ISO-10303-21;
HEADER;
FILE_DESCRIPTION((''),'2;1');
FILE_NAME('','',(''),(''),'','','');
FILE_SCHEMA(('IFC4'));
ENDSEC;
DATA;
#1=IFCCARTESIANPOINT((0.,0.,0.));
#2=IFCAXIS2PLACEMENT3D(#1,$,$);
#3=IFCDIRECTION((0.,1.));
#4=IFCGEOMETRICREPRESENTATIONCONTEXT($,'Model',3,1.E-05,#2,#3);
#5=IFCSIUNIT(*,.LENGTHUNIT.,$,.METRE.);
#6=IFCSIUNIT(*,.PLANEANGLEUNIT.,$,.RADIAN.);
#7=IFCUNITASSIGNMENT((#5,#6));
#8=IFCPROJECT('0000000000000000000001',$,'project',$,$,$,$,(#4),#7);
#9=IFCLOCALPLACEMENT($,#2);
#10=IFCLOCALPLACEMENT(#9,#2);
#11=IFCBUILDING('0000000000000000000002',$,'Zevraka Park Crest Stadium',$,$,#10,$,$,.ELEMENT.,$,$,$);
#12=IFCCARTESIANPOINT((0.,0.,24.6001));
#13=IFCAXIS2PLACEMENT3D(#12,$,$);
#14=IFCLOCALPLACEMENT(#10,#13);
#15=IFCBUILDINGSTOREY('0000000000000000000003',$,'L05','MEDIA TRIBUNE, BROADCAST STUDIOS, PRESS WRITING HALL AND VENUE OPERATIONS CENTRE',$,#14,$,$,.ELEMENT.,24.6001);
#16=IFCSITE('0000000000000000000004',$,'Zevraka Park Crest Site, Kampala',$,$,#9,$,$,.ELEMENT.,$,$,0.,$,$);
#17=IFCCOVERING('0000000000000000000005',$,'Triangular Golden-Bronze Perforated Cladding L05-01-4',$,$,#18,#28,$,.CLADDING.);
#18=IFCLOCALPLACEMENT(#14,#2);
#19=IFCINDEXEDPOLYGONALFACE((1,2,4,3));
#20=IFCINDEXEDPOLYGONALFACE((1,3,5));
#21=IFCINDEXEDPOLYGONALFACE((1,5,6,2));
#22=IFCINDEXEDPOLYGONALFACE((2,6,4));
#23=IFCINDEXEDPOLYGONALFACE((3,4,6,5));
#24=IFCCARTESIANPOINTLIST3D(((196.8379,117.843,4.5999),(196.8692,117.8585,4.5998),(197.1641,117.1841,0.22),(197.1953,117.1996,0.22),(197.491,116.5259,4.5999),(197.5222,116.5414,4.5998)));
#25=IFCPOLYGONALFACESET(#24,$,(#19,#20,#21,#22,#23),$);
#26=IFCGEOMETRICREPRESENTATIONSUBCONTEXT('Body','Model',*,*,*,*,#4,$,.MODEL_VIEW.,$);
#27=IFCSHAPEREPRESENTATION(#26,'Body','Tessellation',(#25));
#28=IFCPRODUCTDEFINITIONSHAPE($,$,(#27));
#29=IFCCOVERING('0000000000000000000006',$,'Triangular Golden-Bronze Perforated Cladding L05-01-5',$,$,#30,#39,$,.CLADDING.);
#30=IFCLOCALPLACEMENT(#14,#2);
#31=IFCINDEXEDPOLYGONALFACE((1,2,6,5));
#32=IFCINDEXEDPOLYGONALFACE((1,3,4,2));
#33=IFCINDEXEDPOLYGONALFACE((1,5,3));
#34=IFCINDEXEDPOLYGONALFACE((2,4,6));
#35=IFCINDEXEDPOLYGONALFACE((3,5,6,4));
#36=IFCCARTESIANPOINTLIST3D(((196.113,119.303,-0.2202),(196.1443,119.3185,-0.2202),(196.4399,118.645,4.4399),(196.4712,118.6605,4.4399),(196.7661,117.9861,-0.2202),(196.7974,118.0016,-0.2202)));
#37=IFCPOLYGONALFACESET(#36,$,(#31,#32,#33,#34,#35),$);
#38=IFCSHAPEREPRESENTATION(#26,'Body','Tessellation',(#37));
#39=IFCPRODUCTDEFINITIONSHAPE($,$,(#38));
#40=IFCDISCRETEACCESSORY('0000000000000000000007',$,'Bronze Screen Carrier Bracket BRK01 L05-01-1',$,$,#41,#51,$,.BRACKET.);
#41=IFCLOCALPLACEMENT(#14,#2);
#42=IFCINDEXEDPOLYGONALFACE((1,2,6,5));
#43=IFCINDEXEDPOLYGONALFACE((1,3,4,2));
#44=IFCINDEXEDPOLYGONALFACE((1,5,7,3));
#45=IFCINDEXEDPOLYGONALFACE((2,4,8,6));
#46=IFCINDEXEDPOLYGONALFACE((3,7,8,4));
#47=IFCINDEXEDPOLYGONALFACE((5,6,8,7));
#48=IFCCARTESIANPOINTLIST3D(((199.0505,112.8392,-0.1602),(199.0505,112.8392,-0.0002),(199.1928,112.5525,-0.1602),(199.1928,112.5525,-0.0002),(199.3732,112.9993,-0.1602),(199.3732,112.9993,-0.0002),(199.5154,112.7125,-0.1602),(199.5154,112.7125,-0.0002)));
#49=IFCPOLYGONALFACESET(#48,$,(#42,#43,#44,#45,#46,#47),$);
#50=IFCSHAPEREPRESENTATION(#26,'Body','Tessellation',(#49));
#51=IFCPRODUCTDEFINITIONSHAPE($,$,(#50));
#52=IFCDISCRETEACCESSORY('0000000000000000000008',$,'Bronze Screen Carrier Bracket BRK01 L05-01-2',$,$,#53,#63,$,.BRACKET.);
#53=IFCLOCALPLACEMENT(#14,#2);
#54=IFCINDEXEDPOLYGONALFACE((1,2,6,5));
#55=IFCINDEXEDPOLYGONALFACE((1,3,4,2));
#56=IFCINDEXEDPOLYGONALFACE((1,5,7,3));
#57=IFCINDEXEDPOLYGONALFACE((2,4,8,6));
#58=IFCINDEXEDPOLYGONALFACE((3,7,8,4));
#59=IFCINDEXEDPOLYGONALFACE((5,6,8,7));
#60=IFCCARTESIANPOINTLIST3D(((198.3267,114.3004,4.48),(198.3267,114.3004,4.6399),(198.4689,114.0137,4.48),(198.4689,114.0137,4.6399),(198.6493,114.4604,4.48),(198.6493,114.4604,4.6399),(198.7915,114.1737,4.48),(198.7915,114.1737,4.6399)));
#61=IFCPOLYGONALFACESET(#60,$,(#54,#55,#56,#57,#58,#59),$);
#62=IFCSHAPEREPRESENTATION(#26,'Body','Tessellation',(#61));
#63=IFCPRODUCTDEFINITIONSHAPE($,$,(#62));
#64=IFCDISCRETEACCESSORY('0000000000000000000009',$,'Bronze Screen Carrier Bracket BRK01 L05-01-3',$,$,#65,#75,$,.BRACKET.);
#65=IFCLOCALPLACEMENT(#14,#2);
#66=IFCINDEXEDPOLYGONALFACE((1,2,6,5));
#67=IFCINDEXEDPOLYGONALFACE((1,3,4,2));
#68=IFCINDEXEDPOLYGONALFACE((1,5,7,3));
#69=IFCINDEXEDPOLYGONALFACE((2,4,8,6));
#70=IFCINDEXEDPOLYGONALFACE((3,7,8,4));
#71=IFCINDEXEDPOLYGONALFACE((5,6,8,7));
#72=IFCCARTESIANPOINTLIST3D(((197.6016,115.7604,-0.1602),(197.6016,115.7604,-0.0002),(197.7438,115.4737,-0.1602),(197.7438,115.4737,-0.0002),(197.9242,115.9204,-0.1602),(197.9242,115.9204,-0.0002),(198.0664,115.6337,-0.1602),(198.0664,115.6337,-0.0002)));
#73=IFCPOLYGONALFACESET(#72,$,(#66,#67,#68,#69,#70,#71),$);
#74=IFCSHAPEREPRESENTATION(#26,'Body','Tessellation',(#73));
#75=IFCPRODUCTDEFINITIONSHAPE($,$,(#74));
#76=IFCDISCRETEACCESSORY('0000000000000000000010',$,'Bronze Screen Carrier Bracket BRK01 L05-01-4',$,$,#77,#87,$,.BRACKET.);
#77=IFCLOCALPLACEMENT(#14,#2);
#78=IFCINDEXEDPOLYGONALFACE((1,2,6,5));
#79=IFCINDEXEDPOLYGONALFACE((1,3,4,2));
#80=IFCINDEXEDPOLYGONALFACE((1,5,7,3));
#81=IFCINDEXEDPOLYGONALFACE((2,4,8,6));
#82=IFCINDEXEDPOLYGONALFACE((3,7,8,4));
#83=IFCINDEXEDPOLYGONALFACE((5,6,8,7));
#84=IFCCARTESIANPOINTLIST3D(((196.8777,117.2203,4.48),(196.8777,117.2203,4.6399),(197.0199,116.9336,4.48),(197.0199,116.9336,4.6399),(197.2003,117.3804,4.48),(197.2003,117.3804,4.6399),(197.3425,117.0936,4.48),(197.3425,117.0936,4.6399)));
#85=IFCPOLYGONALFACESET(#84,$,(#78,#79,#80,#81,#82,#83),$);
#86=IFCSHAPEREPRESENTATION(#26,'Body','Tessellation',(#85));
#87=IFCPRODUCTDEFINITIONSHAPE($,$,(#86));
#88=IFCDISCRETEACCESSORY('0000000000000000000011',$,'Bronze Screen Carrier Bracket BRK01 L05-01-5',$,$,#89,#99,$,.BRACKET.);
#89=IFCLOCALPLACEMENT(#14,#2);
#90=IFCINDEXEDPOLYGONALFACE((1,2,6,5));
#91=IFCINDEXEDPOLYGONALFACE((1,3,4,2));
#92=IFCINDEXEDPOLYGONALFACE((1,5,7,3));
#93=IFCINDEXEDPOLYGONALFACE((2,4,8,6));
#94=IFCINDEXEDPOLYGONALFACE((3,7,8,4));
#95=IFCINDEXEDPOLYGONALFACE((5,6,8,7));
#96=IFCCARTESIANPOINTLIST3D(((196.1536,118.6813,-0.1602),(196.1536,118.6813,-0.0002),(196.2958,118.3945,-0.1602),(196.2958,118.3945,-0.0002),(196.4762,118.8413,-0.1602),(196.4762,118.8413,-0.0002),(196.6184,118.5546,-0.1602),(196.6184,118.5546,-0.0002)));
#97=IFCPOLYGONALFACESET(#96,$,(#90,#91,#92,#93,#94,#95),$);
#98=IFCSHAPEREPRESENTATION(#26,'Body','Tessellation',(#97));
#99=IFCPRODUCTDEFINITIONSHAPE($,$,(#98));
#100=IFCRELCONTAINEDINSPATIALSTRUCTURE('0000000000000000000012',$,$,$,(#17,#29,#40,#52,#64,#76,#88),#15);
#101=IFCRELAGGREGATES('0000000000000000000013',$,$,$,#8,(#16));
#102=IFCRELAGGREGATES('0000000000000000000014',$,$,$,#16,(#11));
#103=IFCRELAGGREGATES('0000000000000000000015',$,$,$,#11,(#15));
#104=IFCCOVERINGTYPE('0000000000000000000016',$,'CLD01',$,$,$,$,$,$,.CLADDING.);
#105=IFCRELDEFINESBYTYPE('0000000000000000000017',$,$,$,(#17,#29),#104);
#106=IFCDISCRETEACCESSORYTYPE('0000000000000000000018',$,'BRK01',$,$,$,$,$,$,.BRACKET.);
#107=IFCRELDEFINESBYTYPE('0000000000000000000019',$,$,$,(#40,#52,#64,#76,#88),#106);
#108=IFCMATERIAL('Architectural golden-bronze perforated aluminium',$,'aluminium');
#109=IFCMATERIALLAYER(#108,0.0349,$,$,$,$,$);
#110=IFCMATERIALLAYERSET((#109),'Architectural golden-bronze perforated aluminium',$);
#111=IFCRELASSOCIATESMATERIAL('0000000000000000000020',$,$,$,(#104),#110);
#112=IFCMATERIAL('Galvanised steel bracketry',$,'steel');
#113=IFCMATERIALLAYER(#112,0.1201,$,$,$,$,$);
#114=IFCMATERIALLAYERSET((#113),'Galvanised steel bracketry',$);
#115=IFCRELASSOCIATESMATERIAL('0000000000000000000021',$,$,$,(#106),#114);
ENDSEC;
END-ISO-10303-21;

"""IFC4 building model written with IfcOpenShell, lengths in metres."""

from ifc_helpers import new_model, si_unit, direction, frame, origin, origin_2d, place, context, subcontext, project, spatial, polyline, rectangle, outline, extrude, material, layer, layer_set, type_object, element, save


model = new_model("IFC4")

# Units and contexts
model_context = context("Model", 3, precision=1e-05, world=origin(), true_north=direction((0.0, 1.0)))
body_context = subcontext(model_context, "Body", "Model", "MODEL_VIEW")
ifc_project = project(units=[si_unit("LENGTHUNIT", "METRE"), si_unit("PLANEANGLEUNIT", "RADIAN")], contexts=[model_context])

# Site, building, storey
site_placement = place(None, origin())
site = spatial("IfcSite", under=ifc_project, at=site_placement, Name="Zevraka Park Crest Site, Kampala", CompositionType="ELEMENT", RefElevation=0.0)
building_placement = place(site_placement, origin())
building = spatial("IfcBuilding", under=site, at=building_placement, Name="Zevraka Park Crest Stadium", CompositionType="ELEMENT")
storey_placement = place(building_placement, frame((0.0, 0.0, 24.6001)))
storey = spatial("IfcBuildingStorey", under=building, at=storey_placement, Name="L05", Description="MEDIA TRIBUNE, BROADCAST STUDIOS, PRESS WRITING HALL AND VENUE OPERATIONS CENTRE", CompositionType="ELEMENT", Elevation=24.6001)

# Coverings
ifc_material_1 = material(Name="Architectural golden-bronze perforated aluminium", Category="aluminium")
ifc_layer_1 = layer(ifc_material_1, 0.0349)
ifc_layer_set_1 = layer_set([ifc_layer_1], Name="Architectural golden-bronze perforated aluminium")
covering_type = type_object("IfcCoveringType", Name="CLD01", PredefinedType="CLADDING", material=ifc_layer_set_1)
covering_1_placement = place(storey_placement, frame((196.8379, 117.843, 4.5999), z_axis=(-0.895917, -0.444222, 0.000112), x_axis=(0.444222, -0.895917, 0.0)))
element("IfcCovering", 1, at=covering_1_placement, inside=storey, type_object=covering_type, Name="Triangular Golden-Bronze Perforated Cladding L05-01-4", PredefinedType="CLADDING", context=body_context, shape_type="SweptSolid", body=[
    extrude(outline(polyline([(0.0, 0.0), (1.4702, 0.0), (0.7352, -4.3799), (0.0, 0.0)])), origin(), (0.0, 0.0, -1.0), 0.0349),
])
covering_2_placement = place(storey_placement, frame((196.7661, 117.9861, -0.2202), z_axis=(-0.895884, -0.444288, 0.000117), x_axis=(-0.444288, 0.895884, 0.0)))
element("IfcCovering", 2, at=covering_2_placement, inside=storey, type_object=covering_type, Name="Triangular Golden-Bronze Perforated Cladding L05-01-5", PredefinedType="CLADDING", context=body_context, shape_type="SweptSolid", body=[
    extrude(outline(polyline([(0.0, 0.0), (1.4699, 0.0), (0.7352, -4.6602), (0.0, 0.0)])), origin(), (0.0, 0.0, -1.0), 0.0349),
])

# Discrete accessories
ifc_material_2 = material(Name="Galvanised steel bracketry", Category="steel")
ifc_layer_2 = layer(ifc_material_2, 0.1201)
ifc_layer_set_2 = layer_set([ifc_layer_2], Name="Galvanised steel bracketry")
discrete_accessory_type = type_object("IfcDiscreteAccessoryType", Name="BRK01", PredefinedType="BRACKET", material=ifc_layer_set_2)
for number, where, z_axis, x_axis, name in (
    (3, (199.283, 112.7759, -0.1602), (0.0, 0.0, 1.0), (-0.444322, 0.895867, 0.0), "Bronze Screen Carrier Bracket BRK01 L05-01-1"),
    (4, (198.5591, 114.2371, 4.48), (0.0, 0.0, 1.0), (-0.444322, 0.895867, 0.0), "Bronze Screen Carrier Bracket BRK01 L05-01-2"),
    (5, (197.834, 115.697, -0.1602), (0.0, 0.0, 1.0), (-0.444322, 0.895867, 0.0), "Bronze Screen Carrier Bracket BRK01 L05-01-3"),
    (6, (197.1101, 117.157, 4.48), (0.0, 0.0, 1.0), (-0.444322, 0.895867, 0.0), "Bronze Screen Carrier Bracket BRK01 L05-01-4"),
    (7, (196.386, 118.6179, -0.1602), (0.0, 0.0, 1.0), (-0.444322, 0.895867, 0.0), "Bronze Screen Carrier Bracket BRK01 L05-01-5"),
):
    element("IfcDiscreteAccessory", number, at=place(storey_placement, frame(where, z_axis=z_axis, x_axis=x_axis)), inside=storey, type_object=discrete_accessory_type, Name=name, PredefinedType="BRACKET", context=body_context, shape_type="SweptSolid", body=[
        extrude(rectangle(XDim=0.3201, YDim=0.3601, at=origin_2d()), origin(), (0.0, 0.0, 1.0), 0.1599),
    ])

save(model, "model.ifc")
